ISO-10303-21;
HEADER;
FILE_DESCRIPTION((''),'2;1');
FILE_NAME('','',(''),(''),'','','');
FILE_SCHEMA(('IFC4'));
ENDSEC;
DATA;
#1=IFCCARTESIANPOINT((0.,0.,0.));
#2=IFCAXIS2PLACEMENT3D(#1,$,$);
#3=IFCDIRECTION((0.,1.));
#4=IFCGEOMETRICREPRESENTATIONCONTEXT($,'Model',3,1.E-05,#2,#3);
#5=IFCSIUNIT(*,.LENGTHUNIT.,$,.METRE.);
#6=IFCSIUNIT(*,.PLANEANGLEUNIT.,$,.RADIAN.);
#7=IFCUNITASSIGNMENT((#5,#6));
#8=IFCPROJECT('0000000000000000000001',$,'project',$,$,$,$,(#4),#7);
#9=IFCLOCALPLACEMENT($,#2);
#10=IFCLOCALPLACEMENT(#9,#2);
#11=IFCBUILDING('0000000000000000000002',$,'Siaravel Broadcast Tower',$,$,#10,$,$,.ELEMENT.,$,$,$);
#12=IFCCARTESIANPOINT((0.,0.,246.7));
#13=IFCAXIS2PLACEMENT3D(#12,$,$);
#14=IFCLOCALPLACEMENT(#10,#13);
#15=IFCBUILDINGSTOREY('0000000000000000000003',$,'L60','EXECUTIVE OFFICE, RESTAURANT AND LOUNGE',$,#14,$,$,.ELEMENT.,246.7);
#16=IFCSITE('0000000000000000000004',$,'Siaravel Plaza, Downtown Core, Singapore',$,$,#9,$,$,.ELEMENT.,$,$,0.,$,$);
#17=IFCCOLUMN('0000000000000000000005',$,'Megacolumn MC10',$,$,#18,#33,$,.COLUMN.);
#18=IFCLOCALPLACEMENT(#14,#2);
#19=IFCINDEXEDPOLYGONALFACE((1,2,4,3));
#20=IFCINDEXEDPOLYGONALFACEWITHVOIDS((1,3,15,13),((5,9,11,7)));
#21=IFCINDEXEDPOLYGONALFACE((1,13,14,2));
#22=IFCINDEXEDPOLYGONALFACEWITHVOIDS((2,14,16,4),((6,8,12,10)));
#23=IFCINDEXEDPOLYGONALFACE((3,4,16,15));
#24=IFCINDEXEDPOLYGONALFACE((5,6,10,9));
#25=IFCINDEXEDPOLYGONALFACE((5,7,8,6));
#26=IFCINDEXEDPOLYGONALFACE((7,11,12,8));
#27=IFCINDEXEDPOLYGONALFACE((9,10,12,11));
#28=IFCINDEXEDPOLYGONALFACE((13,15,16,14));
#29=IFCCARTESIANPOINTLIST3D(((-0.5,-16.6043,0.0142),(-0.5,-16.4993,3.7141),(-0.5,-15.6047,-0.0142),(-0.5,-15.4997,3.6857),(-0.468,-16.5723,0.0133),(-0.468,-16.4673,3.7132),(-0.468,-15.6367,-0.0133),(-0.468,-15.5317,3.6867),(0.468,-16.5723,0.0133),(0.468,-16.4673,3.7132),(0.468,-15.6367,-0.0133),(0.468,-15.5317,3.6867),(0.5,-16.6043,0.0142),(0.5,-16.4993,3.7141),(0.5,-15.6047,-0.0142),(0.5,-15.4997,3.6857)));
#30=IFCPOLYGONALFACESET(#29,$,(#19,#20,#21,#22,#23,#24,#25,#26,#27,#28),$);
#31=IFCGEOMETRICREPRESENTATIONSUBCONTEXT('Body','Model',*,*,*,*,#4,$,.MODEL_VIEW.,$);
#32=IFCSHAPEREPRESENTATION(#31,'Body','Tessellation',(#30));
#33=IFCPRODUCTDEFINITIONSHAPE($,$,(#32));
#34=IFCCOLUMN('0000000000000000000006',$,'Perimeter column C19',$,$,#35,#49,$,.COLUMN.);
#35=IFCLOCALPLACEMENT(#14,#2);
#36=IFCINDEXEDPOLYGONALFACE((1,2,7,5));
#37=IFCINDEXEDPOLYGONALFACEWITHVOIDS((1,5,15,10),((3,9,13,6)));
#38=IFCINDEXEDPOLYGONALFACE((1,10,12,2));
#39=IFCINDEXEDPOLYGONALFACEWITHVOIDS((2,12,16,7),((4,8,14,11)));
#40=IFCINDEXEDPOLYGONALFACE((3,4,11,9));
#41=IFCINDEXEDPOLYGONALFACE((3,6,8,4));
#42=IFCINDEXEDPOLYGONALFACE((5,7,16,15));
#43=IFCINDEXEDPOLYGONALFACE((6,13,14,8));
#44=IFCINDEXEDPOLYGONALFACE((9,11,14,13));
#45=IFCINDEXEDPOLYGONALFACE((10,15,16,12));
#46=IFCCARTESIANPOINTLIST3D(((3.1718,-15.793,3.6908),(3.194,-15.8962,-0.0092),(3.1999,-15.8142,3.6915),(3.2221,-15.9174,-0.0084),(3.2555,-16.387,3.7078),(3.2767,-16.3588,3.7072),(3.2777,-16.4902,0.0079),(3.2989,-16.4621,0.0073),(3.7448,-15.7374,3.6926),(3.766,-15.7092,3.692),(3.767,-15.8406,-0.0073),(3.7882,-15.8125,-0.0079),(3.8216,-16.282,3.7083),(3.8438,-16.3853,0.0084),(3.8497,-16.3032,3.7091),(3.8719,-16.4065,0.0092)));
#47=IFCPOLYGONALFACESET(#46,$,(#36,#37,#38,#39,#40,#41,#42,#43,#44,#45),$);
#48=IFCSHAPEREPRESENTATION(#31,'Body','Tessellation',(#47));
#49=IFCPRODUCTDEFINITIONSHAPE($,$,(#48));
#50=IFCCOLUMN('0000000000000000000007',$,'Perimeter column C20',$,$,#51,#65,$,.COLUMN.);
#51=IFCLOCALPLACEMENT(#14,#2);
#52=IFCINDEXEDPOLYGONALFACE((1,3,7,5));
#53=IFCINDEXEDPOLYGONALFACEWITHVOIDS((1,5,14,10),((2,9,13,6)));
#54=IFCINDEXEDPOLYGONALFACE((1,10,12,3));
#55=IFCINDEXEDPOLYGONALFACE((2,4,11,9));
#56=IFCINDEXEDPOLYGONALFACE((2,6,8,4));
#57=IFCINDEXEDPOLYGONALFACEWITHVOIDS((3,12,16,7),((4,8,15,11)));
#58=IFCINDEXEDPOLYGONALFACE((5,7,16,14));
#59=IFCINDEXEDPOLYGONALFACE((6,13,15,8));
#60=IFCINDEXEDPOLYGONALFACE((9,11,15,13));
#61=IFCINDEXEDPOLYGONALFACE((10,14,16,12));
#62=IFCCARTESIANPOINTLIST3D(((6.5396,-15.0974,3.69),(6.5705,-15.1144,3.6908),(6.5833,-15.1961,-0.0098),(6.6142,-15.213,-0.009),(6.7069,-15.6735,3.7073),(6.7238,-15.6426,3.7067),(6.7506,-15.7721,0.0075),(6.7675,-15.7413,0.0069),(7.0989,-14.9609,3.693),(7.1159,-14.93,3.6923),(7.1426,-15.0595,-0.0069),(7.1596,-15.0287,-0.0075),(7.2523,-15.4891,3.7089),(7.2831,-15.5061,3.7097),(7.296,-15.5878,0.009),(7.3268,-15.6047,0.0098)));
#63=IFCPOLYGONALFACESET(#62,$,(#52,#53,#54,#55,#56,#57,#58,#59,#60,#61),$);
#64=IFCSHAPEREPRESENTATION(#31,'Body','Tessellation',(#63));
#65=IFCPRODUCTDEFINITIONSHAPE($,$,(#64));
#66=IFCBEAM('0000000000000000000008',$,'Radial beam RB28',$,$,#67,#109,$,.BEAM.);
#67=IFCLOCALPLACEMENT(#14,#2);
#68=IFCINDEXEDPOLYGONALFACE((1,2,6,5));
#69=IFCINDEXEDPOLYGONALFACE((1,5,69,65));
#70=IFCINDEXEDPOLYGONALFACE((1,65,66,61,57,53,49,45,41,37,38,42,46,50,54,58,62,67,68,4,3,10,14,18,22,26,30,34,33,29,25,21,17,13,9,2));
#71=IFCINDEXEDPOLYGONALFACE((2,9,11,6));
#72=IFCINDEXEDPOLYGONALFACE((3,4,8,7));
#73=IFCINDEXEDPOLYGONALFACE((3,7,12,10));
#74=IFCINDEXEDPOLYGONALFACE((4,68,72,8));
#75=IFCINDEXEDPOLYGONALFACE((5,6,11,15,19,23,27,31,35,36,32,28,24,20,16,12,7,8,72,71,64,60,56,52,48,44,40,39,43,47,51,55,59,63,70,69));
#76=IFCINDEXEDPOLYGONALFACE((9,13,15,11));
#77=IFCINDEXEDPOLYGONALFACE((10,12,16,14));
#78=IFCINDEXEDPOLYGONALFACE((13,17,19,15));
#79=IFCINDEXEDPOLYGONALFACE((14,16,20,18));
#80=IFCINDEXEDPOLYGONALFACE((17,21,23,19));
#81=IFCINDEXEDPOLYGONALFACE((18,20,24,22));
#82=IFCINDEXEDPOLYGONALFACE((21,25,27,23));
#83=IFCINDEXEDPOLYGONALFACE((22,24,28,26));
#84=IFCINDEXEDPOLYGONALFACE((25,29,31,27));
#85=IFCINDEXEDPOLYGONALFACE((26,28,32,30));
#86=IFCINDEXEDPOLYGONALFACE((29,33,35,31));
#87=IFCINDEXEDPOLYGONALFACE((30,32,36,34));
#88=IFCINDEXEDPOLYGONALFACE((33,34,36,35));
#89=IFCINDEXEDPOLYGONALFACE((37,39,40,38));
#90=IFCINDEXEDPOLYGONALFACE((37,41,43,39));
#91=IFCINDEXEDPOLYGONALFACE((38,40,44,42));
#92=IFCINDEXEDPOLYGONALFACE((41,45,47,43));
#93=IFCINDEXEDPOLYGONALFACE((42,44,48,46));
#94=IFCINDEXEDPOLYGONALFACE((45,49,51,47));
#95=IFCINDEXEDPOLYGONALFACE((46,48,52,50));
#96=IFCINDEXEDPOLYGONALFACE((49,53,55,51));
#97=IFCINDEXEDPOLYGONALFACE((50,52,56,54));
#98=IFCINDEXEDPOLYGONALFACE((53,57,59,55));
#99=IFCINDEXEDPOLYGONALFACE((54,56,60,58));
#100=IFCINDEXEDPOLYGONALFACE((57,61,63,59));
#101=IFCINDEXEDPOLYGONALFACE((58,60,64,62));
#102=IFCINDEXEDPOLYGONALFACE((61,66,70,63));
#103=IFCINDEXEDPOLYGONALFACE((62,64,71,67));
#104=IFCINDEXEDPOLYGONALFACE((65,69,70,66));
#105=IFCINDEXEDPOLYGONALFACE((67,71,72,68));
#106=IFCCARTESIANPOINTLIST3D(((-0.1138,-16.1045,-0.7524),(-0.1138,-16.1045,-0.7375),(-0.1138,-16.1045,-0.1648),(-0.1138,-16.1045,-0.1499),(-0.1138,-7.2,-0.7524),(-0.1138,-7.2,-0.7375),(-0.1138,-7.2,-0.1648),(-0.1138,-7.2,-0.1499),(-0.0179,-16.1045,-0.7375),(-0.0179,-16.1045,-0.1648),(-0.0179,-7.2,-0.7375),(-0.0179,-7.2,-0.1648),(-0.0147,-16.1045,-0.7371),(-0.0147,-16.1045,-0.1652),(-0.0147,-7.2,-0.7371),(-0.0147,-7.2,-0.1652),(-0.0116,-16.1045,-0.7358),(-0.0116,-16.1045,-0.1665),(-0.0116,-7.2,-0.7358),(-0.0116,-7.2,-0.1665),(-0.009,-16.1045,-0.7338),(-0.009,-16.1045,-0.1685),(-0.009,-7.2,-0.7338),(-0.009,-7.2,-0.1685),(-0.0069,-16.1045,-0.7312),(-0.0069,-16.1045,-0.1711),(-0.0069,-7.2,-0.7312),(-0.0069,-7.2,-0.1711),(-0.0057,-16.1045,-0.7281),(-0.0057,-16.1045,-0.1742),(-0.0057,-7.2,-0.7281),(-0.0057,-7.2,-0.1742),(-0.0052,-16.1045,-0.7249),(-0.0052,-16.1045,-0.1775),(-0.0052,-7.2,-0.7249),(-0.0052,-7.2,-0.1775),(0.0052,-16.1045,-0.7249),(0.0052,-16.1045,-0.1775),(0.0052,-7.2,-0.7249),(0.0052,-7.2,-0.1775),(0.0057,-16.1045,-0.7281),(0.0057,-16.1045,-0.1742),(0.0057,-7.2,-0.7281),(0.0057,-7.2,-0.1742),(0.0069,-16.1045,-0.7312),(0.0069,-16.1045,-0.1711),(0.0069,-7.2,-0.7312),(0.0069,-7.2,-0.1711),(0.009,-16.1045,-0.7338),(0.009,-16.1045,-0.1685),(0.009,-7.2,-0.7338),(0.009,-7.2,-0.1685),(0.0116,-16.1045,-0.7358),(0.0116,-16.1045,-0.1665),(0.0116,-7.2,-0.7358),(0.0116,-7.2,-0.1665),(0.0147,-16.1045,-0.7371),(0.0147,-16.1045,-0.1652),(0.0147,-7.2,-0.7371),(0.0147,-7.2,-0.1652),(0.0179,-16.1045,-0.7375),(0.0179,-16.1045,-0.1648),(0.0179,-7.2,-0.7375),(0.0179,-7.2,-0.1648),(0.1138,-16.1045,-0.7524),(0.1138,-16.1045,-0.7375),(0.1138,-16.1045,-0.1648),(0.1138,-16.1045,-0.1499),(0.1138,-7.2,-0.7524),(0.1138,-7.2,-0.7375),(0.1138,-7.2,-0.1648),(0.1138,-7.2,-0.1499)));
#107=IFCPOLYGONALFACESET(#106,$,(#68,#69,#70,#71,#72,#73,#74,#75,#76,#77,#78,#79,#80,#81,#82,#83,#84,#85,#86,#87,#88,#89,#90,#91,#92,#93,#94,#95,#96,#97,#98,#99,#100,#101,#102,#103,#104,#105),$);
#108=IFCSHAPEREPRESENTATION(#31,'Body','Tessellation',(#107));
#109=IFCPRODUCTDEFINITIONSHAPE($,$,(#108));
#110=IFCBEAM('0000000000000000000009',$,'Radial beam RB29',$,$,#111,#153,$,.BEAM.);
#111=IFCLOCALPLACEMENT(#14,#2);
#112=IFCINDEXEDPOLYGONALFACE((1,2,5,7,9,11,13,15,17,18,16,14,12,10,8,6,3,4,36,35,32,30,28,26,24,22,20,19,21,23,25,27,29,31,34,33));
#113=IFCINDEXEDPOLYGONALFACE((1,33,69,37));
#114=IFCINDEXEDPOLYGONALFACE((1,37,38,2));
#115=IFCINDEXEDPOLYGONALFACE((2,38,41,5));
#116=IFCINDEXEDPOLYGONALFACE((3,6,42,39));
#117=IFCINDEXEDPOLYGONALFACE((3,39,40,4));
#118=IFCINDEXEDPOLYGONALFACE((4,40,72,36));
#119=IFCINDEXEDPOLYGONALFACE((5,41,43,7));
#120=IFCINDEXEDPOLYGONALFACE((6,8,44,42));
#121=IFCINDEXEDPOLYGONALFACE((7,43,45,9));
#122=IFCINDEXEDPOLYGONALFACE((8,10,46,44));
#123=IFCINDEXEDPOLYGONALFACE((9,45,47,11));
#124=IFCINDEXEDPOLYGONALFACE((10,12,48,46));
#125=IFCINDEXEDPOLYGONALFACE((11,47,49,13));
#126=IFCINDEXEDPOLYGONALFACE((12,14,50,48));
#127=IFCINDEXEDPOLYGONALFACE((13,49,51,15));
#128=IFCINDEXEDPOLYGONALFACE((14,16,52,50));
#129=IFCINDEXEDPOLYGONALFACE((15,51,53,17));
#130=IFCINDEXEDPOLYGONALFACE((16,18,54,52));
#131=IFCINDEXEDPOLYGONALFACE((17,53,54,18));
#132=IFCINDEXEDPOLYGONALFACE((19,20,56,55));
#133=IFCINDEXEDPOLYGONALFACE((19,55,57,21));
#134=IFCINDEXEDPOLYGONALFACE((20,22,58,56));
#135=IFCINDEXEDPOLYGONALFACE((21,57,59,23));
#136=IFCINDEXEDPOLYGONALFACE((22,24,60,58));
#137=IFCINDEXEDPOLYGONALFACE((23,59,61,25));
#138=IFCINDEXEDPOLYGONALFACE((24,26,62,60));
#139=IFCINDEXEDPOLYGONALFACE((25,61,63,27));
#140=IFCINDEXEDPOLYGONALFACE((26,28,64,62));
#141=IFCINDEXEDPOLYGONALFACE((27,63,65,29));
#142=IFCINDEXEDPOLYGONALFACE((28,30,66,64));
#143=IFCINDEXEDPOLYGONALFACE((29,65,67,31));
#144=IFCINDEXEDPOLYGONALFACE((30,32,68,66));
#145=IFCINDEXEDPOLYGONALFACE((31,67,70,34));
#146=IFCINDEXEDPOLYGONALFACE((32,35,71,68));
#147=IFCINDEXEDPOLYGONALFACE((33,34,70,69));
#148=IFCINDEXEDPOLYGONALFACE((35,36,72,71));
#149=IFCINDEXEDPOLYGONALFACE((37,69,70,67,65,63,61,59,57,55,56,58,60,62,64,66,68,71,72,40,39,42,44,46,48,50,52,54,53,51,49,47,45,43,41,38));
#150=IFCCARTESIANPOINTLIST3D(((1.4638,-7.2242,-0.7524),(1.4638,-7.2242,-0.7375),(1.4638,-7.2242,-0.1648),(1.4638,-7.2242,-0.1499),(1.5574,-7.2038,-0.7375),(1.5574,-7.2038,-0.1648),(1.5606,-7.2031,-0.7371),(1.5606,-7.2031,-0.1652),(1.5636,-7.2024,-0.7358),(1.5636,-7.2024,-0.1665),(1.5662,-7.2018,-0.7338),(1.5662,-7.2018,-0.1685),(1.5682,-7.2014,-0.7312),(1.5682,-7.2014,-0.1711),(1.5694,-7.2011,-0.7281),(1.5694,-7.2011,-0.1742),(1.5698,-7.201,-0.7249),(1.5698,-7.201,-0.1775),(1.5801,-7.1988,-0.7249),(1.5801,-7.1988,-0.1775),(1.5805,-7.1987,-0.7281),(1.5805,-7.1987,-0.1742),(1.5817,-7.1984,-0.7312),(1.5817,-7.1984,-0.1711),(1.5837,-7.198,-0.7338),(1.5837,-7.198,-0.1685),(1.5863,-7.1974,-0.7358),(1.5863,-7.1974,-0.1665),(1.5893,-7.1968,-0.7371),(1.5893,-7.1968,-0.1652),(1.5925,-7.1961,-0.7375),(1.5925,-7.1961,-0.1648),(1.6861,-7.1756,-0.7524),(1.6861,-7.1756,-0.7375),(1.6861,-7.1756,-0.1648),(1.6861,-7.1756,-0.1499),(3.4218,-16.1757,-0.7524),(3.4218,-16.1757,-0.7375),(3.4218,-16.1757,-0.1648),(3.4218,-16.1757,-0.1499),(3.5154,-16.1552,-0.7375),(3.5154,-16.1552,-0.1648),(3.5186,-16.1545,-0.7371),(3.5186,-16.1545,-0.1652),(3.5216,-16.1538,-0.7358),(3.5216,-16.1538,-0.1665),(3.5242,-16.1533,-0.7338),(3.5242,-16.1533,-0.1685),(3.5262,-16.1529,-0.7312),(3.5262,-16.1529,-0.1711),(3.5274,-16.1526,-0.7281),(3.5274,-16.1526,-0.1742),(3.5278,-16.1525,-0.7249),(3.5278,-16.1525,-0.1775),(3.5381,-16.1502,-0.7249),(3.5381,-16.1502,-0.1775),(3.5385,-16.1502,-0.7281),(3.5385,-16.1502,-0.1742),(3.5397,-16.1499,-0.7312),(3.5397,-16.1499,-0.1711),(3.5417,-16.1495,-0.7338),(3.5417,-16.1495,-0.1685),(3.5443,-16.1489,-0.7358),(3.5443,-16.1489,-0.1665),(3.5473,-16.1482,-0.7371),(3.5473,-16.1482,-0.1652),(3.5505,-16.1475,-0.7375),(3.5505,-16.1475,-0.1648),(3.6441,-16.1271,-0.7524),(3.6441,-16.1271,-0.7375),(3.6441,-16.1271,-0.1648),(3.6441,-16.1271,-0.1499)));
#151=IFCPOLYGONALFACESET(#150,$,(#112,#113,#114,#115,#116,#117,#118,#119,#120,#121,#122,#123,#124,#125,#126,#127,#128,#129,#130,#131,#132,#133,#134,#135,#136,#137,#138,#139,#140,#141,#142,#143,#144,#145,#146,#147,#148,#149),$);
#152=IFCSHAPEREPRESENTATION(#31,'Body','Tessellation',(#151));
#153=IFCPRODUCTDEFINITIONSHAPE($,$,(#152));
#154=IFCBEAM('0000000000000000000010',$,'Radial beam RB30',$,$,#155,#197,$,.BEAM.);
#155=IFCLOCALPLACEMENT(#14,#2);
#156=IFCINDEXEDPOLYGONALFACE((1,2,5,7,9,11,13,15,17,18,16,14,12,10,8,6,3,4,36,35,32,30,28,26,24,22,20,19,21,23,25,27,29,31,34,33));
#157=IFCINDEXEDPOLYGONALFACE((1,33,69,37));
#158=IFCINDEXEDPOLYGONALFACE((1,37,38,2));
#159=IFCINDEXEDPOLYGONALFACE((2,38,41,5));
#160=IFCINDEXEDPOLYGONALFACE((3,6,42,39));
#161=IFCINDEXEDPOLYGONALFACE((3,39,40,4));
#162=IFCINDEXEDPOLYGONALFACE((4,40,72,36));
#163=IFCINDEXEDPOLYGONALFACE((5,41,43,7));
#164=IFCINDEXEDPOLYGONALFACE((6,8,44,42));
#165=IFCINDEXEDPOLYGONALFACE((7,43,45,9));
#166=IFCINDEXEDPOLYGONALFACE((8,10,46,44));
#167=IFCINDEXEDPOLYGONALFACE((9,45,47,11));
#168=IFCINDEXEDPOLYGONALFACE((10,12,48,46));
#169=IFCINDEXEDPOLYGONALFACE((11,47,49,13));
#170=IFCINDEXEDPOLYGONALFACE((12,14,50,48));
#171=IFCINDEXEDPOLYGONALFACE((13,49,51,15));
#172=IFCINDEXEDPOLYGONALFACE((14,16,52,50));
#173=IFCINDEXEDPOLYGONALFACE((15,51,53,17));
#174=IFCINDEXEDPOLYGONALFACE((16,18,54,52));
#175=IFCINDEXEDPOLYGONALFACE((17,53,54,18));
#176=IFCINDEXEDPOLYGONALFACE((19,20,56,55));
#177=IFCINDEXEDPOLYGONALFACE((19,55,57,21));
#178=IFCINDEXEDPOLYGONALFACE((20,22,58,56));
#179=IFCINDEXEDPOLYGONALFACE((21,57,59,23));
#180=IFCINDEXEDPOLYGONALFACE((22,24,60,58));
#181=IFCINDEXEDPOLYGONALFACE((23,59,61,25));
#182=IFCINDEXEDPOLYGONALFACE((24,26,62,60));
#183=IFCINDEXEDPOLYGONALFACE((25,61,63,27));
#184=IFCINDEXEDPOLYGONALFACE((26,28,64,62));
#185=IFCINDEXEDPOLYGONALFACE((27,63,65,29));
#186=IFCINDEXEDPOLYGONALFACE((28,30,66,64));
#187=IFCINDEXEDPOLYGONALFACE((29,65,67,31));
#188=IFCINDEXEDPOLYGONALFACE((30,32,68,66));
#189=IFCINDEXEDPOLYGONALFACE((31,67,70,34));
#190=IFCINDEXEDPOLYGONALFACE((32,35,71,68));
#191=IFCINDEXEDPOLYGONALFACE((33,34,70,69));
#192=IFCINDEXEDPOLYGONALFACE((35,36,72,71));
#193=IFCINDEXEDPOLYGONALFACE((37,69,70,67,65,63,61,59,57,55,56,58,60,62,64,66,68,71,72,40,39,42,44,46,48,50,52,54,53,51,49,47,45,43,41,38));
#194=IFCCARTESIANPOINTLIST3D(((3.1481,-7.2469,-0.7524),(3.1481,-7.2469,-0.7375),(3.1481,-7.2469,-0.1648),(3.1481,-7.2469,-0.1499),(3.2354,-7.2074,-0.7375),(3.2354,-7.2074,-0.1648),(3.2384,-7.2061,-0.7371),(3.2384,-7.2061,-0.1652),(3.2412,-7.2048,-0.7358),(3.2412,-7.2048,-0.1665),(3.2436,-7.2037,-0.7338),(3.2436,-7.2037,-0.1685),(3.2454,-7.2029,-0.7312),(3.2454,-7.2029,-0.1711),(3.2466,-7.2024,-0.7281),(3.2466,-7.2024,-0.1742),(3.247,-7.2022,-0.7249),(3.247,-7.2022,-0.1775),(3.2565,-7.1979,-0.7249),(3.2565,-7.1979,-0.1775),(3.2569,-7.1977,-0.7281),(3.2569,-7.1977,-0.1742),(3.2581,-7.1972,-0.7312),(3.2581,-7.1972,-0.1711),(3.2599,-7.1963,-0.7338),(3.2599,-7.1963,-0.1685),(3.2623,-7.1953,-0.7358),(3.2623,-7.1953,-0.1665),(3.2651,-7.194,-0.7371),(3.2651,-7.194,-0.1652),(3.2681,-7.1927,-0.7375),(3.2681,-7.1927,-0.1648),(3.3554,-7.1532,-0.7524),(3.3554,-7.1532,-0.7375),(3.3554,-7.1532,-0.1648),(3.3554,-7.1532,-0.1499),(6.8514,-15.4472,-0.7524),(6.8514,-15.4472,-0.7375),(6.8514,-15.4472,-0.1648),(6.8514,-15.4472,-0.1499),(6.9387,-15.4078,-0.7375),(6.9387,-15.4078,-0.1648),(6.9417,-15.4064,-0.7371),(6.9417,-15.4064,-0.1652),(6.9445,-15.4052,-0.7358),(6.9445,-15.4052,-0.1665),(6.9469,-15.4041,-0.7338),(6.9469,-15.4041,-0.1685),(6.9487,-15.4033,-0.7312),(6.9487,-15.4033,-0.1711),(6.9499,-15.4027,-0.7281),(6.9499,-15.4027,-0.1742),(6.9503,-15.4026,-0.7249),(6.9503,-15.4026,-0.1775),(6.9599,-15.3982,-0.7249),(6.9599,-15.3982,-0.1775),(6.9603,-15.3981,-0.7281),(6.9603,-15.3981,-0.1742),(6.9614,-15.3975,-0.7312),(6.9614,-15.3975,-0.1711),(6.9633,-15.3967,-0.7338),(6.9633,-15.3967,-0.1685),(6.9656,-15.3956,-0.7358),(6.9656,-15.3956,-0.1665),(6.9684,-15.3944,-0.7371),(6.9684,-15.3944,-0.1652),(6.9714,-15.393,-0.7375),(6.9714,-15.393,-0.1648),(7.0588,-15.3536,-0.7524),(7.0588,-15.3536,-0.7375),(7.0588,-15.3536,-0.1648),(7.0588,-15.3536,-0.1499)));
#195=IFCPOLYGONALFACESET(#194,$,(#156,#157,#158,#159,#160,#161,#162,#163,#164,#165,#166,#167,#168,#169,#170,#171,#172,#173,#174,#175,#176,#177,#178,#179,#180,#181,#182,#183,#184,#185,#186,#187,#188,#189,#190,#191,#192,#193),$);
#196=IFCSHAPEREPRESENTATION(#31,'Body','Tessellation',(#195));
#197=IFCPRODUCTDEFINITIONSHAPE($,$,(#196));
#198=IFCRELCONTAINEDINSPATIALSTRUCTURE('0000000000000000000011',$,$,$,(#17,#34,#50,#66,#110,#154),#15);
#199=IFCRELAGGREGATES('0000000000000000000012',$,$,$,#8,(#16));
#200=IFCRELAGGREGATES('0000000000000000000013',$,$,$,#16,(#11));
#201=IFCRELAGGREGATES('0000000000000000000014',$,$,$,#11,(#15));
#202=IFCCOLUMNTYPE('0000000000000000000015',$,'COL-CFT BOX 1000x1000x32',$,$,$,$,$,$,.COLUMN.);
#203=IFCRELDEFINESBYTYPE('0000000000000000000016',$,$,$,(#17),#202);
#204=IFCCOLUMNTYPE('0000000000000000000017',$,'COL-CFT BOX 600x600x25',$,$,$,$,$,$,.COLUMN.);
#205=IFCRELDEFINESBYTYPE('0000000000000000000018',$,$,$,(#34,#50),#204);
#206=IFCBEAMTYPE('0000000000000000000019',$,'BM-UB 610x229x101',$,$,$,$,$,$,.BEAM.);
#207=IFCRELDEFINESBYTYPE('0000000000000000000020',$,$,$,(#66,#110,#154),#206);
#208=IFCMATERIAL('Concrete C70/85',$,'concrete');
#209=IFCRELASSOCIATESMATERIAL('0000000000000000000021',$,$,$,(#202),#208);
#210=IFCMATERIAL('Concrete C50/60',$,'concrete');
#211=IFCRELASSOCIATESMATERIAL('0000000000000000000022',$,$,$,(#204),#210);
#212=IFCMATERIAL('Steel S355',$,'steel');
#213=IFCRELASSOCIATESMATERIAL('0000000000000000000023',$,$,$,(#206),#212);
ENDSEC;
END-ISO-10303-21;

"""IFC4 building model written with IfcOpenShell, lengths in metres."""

from ifc_helpers import new_model, si_unit, direction, frame, origin, origin_2d, place, context, subcontext, project, spatial, hollow_rectangle, i_section, extrude, material, material_profile, profile_set, type_object, element, save


model = new_model("IFC4")

# Units and contexts
model_context = context("Model", 3, precision=1e-05, world=origin(), true_north=direction((0.0, 1.0)))
body_context = subcontext(model_context, "Body", "Model", "MODEL_VIEW")
ifc_project = project(units=[si_unit("LENGTHUNIT", "METRE"), si_unit("PLANEANGLEUNIT", "RADIAN")], contexts=[model_context])

# Site, building, storey
site_placement = place(None, origin())
site = spatial("IfcSite", under=ifc_project, at=site_placement, Name="Siaravel Plaza, Downtown Core, Singapore", CompositionType="ELEMENT", RefElevation=0.0)
building_placement = place(site_placement, origin())
building = spatial("IfcBuilding", under=site, at=building_placement, Name="Siaravel Broadcast Tower", CompositionType="ELEMENT")
storey_placement = place(building_placement, frame((0.0, 0.0, 246.7)))
storey = spatial("IfcBuildingStorey", under=building, at=storey_placement, Name="L60", Description="EXECUTIVE OFFICE, RESTAURANT AND LOUNGE", CompositionType="ELEMENT", Elevation=246.7)

# Columns
ifc_material_1 = material(Name="Concrete C70/85", Category="concrete")
ifc_material_profile_1 = material_profile(ifc_material_1, hollow_rectangle(XDim=1.0, YDim=1.0, WallThickness=0.032, at=origin_2d()))
ifc_profile_set_1 = profile_set([ifc_material_profile_1], Name="Concrete C70/85")
column_type_1 = type_object("IfcColumnType", Name="COL-CFT BOX 1000x1000x32", PredefinedType="COLUMN", material=ifc_profile_set_1)
column_placement = place(storey_placement, frame((0.0, -16.1045, 0.0), z_axis=(0.0, 0.028362, 0.999598), x_axis=(-1.0, 0.0, 0.0)))
element("IfcColumn", 1, at=column_placement, inside=storey, type_object=column_type_1, Name="Megacolumn MC10", PredefinedType="COLUMN", context=body_context, shape_type="SweptSolid", body=[
    extrude(hollow_rectangle(XDim=1.0, YDim=1.0, WallThickness=0.032, at=origin_2d()), origin(), (0.0, 0.0, 1.0), 3.7014),
])
ifc_material_2 = material(Name="Concrete C50/60", Category="concrete")
ifc_material_profile_2 = material_profile(ifc_material_2, hollow_rectangle(XDim=0.6001, YDim=0.6001, WallThickness=0.0249, at=origin_2d()))
ifc_profile_set_2 = profile_set([ifc_material_profile_2], Name="Concrete C50/60")
column_type_2 = type_object("IfcColumnType", Name="COL-CFT BOX 600x600x25", PredefinedType="COLUMN", material=ifc_profile_set_2)
for number, where, z_axis, x_axis, name in (
    (2, (3.533, -16.1514, 0.0), (-0.006002, 0.0279, 0.999593), (-0.990211, -0.139565, -0.00205), "Perimeter column C19"),
    (3, (6.9551, -15.4004, 0.0), (-0.011806, 0.026647, 0.999575), (-0.960306, -0.27892, -0.003907), "Perimeter column C20"),
):
    element("IfcColumn", number, at=place(storey_placement, frame(where, z_axis=z_axis, x_axis=x_axis)), inside=storey, type_object=column_type_2, Name=name, PredefinedType="COLUMN", context=body_context, shape_type="SweptSolid", body=[
        extrude(hollow_rectangle(XDim=0.6001, YDim=0.6001, WallThickness=0.0249, at=origin_2d()), origin(), (0.0, 0.0, 1.0), 3.7014),
    ])

# Beams
ifc_material_3 = material(Name="Steel S355", Category="steel")
ifc_material_profile_3 = material_profile(ifc_material_3, i_section(OverallWidth=0.2275, OverallDepth=0.6025, WebThickness=0.0105, FlangeThickness=0.0149, FilletRadius=0.0127, at=origin_2d()))
ifc_profile_set_3 = profile_set([ifc_material_profile_3], Name="Steel S355")
beam_type = type_object("IfcBeamType", Name="BM-UB 610x229x101", PredefinedType="BEAM", material=ifc_profile_set_3)
beam_1_placement = place(storey_placement, frame((0.0, -16.1045, -0.4512), z_axis=(0.0, 1.0, 0.0), x_axis=(-1.0, 0.0, 0.0)))
element("IfcBeam", 4, at=beam_1_placement, inside=storey, type_object=beam_type, Name="Radial beam RB28", PredefinedType="BEAM", context=body_context, shape_type="SweptSolid", body=[
    extrude(i_section(OverallWidth=0.2275, OverallDepth=0.6025, WebThickness=0.0105, FlangeThickness=0.0149, FilletRadius=0.0127, at=origin_2d()), origin(), (0.0, 0.0, 1.0), 8.9045),
])
beam_2_placement = place(storey_placement, frame((3.533, -16.1514, -0.4512), z_axis=(-0.213685, 0.976903, 0.0), x_axis=(-0.976903, -0.213685, 0.0)))
element("IfcBeam", 5, at=beam_2_placement, inside=storey, type_object=beam_type, Name="Radial beam RB29", PredefinedType="BEAM", context=body_context, shape_type="SweptSolid", body=[
    extrude(i_section(OverallWidth=0.2275, OverallDepth=0.6025, WebThickness=0.0105, FlangeThickness=0.0149, FilletRadius=0.0127, at=origin_2d()), origin(), (0.0, 0.0, 1.0), 9.1631),
])
beam_3_placement = place(storey_placement, frame((6.9551, -15.4004, -0.4512), z_axis=(-0.411582, 0.911373, 0.0), x_axis=(-0.911373, -0.411582, 0.0)))
element("IfcBeam", 6, at=beam_3_placement, inside=storey, type_object=beam_type, Name="Radial beam RB30", PredefinedType="BEAM", context=body_context, shape_type="SweptSolid", body=[
    extrude(i_section(OverallWidth=0.2275, OverallDepth=0.6025, WebThickness=0.0105, FlangeThickness=0.0149, FilletRadius=0.0127, at=origin_2d()), origin(), (0.0, 0.0, 1.0), 8.9978),
])

save(model, "model.ifc")
